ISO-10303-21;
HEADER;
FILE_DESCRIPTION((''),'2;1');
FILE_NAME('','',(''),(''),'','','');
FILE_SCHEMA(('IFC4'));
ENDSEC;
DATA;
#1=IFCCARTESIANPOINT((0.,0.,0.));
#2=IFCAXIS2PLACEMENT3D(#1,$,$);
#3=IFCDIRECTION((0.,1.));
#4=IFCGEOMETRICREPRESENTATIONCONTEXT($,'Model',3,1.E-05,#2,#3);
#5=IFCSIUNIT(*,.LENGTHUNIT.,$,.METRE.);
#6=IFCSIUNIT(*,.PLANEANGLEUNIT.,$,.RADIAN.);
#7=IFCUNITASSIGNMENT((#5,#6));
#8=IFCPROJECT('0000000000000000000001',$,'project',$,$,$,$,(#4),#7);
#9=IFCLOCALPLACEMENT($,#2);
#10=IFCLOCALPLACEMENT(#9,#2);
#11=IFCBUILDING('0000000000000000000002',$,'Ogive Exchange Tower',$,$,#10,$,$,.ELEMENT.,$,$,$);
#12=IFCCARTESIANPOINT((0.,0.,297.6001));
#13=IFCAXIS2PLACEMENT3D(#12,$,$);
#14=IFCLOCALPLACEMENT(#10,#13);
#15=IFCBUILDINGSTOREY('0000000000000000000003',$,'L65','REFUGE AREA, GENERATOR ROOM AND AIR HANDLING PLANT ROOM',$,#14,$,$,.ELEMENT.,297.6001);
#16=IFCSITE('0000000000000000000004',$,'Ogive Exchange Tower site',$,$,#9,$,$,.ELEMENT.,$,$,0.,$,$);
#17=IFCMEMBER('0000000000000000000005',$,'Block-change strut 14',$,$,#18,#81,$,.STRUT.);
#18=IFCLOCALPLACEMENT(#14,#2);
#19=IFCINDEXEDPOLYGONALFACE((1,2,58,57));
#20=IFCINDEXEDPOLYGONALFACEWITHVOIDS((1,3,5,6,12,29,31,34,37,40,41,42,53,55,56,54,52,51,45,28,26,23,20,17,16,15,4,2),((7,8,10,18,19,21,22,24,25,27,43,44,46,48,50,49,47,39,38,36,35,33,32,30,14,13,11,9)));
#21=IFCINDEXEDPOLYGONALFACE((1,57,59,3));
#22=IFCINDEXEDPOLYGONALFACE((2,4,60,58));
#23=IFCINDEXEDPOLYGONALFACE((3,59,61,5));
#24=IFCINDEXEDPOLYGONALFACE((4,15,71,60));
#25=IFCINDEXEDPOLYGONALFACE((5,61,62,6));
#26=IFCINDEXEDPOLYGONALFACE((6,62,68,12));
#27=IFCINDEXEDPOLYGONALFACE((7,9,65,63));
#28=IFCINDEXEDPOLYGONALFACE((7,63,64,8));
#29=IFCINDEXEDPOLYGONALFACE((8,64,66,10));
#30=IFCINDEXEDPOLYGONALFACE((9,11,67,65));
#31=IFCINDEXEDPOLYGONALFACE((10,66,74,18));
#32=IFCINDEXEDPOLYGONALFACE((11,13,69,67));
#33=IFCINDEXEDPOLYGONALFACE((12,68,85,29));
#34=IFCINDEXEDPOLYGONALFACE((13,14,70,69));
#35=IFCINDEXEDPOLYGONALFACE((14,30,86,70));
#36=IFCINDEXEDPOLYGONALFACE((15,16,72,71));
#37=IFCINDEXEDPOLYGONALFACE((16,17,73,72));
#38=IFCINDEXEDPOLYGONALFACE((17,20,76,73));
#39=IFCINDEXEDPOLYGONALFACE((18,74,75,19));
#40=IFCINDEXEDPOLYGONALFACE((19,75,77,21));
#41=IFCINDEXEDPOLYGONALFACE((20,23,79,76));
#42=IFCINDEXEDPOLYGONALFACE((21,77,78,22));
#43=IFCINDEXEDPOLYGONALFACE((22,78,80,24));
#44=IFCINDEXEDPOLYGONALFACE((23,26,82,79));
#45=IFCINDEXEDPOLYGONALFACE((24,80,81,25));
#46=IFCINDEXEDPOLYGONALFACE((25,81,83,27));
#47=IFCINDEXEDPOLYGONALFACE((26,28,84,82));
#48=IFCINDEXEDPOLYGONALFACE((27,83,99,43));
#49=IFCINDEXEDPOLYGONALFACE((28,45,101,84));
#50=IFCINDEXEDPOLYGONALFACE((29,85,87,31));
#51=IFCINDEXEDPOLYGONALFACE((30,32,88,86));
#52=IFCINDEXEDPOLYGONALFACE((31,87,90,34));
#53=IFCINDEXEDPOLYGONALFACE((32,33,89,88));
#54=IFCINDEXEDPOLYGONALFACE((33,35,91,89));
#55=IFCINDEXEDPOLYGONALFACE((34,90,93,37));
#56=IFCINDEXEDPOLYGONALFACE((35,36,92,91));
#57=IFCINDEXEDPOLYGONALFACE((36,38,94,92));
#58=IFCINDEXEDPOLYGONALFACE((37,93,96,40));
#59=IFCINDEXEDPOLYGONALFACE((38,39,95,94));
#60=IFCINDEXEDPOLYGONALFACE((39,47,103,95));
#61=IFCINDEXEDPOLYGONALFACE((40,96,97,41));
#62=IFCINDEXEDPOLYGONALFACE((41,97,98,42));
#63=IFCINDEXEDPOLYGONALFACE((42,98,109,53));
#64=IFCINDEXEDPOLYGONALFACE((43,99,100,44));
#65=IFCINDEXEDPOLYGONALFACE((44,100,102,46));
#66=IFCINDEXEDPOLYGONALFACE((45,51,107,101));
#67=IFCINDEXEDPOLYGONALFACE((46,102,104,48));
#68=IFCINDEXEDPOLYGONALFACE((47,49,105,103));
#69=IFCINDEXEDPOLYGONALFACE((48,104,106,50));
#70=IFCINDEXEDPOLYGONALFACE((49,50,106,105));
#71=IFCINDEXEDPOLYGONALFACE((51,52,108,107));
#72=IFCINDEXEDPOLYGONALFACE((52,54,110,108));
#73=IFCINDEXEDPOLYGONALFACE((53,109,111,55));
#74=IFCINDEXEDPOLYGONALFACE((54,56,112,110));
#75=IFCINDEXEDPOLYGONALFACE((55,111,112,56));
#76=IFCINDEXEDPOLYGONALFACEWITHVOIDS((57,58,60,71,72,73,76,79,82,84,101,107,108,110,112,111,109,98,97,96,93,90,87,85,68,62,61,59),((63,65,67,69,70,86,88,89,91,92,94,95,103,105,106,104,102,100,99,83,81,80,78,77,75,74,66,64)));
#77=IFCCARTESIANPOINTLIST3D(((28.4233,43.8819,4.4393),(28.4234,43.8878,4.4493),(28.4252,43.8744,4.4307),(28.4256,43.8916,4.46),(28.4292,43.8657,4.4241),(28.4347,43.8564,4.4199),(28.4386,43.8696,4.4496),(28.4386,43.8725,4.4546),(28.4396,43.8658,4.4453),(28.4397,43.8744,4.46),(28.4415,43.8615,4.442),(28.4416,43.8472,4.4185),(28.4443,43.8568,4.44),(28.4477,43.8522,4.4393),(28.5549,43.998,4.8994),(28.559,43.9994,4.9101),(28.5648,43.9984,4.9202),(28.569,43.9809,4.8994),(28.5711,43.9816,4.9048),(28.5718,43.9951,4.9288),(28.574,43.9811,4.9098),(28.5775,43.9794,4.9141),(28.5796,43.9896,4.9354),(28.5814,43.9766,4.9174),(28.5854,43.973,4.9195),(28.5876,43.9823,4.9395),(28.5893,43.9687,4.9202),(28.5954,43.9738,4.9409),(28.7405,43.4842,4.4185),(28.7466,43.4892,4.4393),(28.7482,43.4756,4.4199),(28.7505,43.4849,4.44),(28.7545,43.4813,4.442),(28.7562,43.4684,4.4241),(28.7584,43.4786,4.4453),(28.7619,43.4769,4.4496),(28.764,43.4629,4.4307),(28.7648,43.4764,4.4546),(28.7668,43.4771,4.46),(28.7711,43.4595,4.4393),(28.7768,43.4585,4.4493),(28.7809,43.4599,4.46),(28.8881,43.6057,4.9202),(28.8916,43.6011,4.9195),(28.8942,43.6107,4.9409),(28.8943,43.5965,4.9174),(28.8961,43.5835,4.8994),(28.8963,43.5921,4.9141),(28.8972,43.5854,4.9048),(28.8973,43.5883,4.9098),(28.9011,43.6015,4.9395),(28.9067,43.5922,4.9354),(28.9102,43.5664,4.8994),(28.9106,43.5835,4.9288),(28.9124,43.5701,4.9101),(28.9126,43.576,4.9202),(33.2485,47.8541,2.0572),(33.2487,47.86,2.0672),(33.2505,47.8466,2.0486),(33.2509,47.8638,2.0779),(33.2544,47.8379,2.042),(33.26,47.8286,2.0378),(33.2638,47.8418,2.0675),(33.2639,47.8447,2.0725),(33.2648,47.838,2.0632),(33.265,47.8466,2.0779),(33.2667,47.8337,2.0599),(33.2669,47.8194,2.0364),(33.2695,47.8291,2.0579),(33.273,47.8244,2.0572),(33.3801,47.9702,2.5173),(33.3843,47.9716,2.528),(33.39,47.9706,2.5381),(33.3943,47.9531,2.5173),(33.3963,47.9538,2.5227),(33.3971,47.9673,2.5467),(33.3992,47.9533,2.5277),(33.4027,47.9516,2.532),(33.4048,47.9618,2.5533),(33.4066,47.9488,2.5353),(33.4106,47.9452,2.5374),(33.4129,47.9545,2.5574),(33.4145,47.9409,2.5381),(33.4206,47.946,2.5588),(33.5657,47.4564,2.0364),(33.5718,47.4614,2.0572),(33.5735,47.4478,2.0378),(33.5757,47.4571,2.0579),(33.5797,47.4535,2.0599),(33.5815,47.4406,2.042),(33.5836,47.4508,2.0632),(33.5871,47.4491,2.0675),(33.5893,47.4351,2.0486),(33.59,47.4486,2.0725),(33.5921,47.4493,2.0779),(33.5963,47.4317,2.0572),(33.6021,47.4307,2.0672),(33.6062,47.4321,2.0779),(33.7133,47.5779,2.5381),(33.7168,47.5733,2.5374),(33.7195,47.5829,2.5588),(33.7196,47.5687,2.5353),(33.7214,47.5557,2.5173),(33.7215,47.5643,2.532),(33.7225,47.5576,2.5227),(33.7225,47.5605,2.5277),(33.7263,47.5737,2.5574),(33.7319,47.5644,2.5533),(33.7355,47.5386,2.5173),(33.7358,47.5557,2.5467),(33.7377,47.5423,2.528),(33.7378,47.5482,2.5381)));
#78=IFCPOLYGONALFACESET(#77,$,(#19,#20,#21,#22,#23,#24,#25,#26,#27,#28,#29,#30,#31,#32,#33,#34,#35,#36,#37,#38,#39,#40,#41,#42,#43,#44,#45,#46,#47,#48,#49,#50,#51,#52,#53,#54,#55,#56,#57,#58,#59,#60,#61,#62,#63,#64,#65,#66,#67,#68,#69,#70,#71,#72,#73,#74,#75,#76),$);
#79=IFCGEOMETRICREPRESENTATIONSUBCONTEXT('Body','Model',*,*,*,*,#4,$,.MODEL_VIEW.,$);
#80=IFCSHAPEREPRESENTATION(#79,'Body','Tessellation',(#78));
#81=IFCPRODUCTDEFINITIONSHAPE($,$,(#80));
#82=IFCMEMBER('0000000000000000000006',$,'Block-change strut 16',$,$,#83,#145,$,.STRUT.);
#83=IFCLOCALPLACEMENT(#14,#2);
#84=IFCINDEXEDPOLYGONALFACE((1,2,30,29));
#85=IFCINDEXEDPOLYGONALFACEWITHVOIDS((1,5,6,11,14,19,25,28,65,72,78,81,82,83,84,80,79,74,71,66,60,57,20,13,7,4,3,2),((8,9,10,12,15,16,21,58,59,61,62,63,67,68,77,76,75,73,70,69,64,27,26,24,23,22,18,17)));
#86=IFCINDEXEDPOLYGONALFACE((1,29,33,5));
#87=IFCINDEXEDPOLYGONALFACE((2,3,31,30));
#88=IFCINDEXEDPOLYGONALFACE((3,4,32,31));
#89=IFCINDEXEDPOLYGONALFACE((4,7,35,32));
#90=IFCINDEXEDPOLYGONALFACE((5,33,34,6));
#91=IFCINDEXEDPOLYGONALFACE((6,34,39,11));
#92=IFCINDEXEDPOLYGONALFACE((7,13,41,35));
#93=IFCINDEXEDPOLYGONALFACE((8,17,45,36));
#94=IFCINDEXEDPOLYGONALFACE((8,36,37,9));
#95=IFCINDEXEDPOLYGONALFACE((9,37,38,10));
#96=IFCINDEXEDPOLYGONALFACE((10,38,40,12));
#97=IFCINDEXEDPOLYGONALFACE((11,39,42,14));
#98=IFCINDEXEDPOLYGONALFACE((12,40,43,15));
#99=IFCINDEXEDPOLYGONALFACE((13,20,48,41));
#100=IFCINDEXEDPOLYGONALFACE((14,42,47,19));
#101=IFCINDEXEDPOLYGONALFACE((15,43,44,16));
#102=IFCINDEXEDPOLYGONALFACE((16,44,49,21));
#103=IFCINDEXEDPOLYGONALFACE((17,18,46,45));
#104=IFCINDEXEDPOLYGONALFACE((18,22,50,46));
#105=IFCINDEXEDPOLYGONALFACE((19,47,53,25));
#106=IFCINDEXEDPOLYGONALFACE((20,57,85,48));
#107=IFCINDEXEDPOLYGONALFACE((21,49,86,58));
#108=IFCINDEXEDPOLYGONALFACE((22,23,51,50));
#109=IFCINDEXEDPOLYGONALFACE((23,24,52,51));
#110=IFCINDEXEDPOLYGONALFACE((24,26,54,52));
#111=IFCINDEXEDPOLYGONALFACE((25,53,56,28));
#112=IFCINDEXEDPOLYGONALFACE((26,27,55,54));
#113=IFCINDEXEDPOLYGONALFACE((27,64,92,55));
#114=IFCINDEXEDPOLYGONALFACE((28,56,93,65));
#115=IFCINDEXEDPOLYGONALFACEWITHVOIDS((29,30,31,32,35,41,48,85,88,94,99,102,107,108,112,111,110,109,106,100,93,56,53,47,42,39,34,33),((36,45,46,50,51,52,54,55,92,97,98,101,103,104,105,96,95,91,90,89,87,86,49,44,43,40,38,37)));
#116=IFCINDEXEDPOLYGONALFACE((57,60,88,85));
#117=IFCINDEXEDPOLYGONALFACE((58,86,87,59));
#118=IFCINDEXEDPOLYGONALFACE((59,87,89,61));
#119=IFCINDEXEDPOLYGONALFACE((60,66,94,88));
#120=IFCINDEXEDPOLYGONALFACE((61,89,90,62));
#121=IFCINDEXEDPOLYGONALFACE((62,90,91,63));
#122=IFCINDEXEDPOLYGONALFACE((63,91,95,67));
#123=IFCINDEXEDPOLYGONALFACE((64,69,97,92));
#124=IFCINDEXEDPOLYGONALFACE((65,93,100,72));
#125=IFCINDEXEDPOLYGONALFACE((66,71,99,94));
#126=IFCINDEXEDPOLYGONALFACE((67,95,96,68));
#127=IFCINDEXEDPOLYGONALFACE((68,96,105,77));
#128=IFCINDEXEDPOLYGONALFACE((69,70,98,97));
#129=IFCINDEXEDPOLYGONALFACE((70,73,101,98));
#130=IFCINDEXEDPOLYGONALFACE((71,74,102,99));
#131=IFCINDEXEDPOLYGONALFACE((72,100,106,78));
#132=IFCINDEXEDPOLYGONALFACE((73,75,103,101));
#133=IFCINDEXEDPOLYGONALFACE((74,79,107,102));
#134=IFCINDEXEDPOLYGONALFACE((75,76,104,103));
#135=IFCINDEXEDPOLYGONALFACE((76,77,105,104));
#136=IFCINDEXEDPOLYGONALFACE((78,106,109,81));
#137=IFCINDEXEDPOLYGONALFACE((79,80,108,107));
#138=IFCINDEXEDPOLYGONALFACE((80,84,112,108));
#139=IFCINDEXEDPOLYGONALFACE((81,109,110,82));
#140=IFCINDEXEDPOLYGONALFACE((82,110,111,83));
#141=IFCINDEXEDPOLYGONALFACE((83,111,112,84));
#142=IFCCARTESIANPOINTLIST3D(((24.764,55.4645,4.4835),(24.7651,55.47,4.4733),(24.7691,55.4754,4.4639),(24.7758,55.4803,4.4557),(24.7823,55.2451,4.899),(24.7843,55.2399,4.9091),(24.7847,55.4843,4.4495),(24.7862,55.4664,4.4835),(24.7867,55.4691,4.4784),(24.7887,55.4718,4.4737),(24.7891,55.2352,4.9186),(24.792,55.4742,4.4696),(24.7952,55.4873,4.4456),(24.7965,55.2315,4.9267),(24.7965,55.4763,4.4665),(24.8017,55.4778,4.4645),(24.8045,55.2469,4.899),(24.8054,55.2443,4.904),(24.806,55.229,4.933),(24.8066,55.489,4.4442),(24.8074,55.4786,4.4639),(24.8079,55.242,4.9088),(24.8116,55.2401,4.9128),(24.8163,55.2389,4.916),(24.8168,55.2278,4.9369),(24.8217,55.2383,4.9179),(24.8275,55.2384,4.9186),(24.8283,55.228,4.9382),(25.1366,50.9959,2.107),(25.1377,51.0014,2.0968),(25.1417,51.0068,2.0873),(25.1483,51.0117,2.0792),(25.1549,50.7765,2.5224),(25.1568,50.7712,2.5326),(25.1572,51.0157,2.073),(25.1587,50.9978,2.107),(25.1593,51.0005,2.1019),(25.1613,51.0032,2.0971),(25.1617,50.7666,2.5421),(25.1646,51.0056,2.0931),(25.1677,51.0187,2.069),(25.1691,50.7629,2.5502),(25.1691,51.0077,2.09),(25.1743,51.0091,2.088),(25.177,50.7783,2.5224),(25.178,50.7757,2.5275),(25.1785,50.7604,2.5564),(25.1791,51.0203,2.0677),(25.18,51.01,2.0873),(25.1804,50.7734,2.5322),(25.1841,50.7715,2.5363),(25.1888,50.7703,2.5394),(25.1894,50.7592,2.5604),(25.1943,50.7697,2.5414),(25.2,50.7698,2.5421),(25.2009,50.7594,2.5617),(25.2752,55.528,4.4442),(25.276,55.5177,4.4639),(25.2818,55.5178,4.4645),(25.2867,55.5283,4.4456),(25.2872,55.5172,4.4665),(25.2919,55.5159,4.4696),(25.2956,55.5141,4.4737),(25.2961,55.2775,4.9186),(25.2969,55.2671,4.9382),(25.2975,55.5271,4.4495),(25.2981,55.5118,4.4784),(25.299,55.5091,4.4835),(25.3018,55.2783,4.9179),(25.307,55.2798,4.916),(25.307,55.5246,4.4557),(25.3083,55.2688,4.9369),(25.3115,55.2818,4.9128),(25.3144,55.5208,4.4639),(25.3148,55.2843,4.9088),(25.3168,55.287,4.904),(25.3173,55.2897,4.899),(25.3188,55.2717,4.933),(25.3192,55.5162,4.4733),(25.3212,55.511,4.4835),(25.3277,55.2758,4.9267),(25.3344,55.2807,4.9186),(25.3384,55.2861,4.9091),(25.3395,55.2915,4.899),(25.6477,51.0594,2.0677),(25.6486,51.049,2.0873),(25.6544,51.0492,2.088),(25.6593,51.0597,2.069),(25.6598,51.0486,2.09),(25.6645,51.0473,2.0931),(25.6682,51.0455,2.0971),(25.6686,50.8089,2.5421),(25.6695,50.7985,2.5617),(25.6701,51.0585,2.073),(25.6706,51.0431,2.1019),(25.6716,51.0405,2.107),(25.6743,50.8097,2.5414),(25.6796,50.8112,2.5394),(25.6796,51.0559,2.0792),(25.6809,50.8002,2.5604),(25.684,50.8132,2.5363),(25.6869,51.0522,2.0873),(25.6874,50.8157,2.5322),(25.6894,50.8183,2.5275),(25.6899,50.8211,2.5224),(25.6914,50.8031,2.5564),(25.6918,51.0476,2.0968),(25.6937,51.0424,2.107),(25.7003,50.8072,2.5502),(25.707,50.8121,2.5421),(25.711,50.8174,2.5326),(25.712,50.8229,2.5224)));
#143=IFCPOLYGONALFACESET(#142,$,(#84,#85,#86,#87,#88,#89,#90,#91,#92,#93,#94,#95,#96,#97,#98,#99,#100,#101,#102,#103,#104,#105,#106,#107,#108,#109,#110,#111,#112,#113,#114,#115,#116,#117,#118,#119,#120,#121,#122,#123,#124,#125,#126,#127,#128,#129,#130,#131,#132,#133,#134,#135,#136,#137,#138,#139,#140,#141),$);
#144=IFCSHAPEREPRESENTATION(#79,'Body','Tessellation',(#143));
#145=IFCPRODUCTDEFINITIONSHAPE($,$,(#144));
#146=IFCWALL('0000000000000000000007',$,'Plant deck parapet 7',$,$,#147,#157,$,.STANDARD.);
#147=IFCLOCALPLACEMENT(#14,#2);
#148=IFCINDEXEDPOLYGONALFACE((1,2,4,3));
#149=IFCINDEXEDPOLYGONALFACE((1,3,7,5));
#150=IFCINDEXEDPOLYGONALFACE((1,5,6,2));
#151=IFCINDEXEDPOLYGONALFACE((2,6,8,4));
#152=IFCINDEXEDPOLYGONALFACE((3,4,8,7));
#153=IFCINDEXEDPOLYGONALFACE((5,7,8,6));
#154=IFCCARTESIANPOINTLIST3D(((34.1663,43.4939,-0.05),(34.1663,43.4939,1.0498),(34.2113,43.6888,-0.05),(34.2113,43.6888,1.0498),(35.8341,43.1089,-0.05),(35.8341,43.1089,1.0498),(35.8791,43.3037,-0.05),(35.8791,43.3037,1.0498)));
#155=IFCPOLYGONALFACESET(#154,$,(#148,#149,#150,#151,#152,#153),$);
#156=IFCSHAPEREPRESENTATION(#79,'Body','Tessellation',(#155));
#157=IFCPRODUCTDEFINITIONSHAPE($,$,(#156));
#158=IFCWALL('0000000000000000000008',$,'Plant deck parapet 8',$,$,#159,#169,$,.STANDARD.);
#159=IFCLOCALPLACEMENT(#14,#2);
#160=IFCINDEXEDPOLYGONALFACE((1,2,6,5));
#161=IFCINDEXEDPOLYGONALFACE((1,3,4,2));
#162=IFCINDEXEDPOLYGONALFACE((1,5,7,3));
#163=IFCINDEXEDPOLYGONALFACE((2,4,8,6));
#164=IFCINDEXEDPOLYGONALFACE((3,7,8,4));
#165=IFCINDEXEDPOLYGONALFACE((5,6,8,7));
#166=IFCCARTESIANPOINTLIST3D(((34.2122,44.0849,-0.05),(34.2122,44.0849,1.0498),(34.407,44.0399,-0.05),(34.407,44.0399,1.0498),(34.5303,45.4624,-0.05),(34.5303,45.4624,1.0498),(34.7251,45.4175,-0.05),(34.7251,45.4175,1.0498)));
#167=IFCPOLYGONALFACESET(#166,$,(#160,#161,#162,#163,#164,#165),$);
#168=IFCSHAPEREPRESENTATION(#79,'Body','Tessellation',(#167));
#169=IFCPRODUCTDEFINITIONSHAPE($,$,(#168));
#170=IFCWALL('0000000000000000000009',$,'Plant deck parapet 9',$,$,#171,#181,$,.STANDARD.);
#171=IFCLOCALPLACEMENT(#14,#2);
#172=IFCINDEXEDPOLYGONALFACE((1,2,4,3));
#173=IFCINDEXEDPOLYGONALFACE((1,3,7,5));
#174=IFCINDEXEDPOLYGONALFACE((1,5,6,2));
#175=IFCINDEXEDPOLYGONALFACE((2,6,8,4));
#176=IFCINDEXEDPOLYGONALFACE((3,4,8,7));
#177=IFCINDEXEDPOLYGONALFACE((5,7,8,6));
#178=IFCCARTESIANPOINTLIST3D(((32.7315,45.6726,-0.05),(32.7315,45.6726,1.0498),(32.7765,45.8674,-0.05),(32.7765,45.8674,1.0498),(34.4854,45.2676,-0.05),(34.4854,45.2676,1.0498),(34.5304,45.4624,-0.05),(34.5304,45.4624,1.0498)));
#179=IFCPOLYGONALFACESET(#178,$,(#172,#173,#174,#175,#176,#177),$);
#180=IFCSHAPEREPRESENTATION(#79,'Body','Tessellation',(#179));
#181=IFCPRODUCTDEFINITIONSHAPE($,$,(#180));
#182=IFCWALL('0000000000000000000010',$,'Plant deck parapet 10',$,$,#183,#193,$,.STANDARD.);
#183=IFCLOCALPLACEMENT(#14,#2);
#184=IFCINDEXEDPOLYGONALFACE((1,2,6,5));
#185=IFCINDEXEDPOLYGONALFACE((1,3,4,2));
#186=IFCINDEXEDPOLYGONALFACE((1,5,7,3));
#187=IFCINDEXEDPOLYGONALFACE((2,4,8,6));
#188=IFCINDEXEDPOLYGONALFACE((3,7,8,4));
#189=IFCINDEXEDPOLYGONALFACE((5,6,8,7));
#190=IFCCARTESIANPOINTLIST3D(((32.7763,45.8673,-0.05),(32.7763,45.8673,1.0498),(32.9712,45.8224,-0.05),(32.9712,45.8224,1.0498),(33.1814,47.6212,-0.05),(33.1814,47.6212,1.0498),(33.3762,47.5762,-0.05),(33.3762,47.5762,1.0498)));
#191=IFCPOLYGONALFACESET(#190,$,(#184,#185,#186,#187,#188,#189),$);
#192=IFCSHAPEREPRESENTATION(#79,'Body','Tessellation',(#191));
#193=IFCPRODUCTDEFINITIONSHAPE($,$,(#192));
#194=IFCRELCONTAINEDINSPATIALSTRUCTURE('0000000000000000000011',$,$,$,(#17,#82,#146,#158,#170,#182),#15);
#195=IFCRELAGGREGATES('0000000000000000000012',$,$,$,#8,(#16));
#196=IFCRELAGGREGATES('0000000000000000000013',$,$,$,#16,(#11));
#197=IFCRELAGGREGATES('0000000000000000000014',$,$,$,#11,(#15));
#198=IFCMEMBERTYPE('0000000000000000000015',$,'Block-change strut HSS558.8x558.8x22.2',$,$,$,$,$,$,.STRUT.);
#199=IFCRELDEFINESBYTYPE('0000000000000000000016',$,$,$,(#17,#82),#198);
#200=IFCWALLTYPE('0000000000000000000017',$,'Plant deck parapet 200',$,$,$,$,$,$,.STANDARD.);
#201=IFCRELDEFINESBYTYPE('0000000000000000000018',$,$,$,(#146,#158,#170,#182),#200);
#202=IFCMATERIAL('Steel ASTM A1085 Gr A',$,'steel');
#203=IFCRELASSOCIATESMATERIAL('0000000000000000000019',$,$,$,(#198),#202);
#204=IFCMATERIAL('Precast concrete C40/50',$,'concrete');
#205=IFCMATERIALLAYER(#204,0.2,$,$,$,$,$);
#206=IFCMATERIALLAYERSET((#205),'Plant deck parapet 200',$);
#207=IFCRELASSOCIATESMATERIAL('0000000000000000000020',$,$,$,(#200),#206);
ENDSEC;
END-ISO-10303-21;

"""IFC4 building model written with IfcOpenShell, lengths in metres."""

from ifc_helpers import new_model, si_unit, direction, frame, frame_2d, origin, origin_2d, place, context, subcontext, project, spatial, rectangle, hollow_rectangle, extrude, material, layer, layer_set, material_profile, profile_set, type_object, element, save


model = new_model("IFC4")

# Units and contexts
model_context = context("Model", 3, precision=1e-05, world=origin(), true_north=direction((0.0, 1.0)))
body_context = subcontext(model_context, "Body", "Model", "MODEL_VIEW")
ifc_project = project(units=[si_unit("LENGTHUNIT", "METRE"), si_unit("PLANEANGLEUNIT", "RADIAN")], contexts=[model_context])

# Site, building, storey
site_placement = place(None, origin())
site = spatial("IfcSite", under=ifc_project, at=site_placement, Name="Ogive Exchange Tower site", CompositionType="ELEMENT", RefElevation=0.0)
building_placement = place(site_placement, origin())
building = spatial("IfcBuilding", under=site, at=building_placement, Name="Ogive Exchange Tower", CompositionType="ELEMENT")
storey_placement = place(building_placement, frame((0.0, 0.0, 297.6001)))
storey = spatial("IfcBuildingStorey", under=building, at=storey_placement, Name="L65", Description="REFUGE AREA, GENERATOR ROOM AND AIR HANDLING PLANT ROOM", CompositionType="ELEMENT", Elevation=297.6001)

# Shared definitions
ifc_material_1 = material(Name="Steel ASTM A1085 Gr A", Category="steel")

# Members
ifc_material_profile_1 = material_profile(ifc_material_1, hollow_rectangle(XDim=0.5591, YDim=0.5591, WallThickness=0.0222, InnerFilletRadius=0.0222, OuterFilletRadius=0.0444, at=origin_2d()), Name="HSS558.8x558.8x22.2")
ifc_profile_set_1 = profile_set([ifc_material_profile_1], Name="Steel ASTM A1085 Gr A")
member_type_1 = type_object("IfcMemberType", Name="Block-change strut HSS558.8x558.8x22.2", PredefinedType="STRUT", material=ifc_profile_set_1)
member_1_placement = place(storey_placement, frame((33.4932, 47.7012, 2.2976), z_axis=(-0.721426, -0.593888, 0.35615), x_axis=(0.635562, -0.77205, 0.0)))
element("IfcMember", 1, at=member_1_placement, inside=storey, type_object=member_type_1, Name="Block-change strut 14", PredefinedType="STRUT", context=body_context, shape_type="SweptSolid", body=[
    extrude(hollow_rectangle(XDim=0.5591, YDim=0.5591, WallThickness=0.0222, InnerFilletRadius=0.0222, OuterFilletRadius=0.0444, at=origin_2d()), origin(), (0.0, 0.0, 1.0), 6.6885),
])
member_2_placement = place(storey_placement, frame((25.4243, 50.9094, 2.3147), z_axis=(-0.073413, 0.880523, 0.468284), x_axis=(-0.996542, -0.083086, 0.0)))
element("IfcMember", 2, at=member_2_placement, inside=storey, type_object=member_type_1, Name="Block-change strut 16", PredefinedType="STRUT", context=body_context, shape_type="SweptSolid", body=[
    extrude(hollow_rectangle(XDim=0.5591, YDim=0.5591, WallThickness=0.0222, InnerFilletRadius=0.0222, OuterFilletRadius=0.0444, at=origin_2d()), origin(), (0.0, 0.0, 1.0), 5.075),
])

# Walls
ifc_material_2 = material(Name="Precast concrete C40/50", Category="concrete")
ifc_layer = layer(ifc_material_2, 0.2)
ifc_layer_set = layer_set([ifc_layer], Name="Plant deck parapet 200")
wall_type = type_object("IfcWallType", Name="Plant deck parapet 200", PredefinedType="STANDARD", material=ifc_layer_set)
wall_1_placement = place(storey_placement, frame((35.8567, 43.2063, -0.05), z_axis=(0.0, 0.0, 1.0), x_axis=(-0.974372, 0.224943, 0.0)))
element("IfcWall", 3, at=wall_1_placement, inside=storey, type_object=wall_type, Name="Plant deck parapet 7", PredefinedType="STANDARD", context=body_context, shape_type="SweptSolid", body=[
    extrude(rectangle(XDim=1.7117, YDim=0.2, at=frame_2d((0.856, 0.0))), origin(), (0.0, 0.0, 1.0), 1.0999),
])
wall_2_placement = place(storey_placement, frame((34.3096, 44.0623, -0.05), z_axis=(0.0, 0.0, 1.0), x_axis=(0.224986, 0.974362, 0.0)))
element("IfcWall", 4, at=wall_2_placement, inside=storey, type_object=wall_type, Name="Plant deck parapet 8", PredefinedType="STANDARD", context=body_context, shape_type="SweptSolid", body=[
    extrude(rectangle(XDim=1.4138, YDim=0.2, at=frame_2d((0.707, 0.0))), origin(), (0.0, 0.0, 1.0), 1.0999),
])
for number, where, z_axis, x_axis, name in (
    (5, (34.5078, 45.365, -0.05), (0.0, 0.0, 1.0), (-0.974357, 0.225008, 0.0), "Plant deck parapet 9"),
    (6, (32.8738, 45.845, -0.05), (0.0, 0.0, 1.0), (0.225008, 0.974357, 0.0), "Plant deck parapet 10"),
):
    element("IfcWall", number, at=place(storey_placement, frame(where, z_axis=z_axis, x_axis=x_axis)), inside=storey, type_object=wall_type, Name=name, PredefinedType="STANDARD", context=body_context, shape_type="SweptSolid", body=[
        extrude(rectangle(XDim=1.8, YDim=0.2, at=frame_2d((0.8999, 0.0))), origin(), (0.0, 0.0, 1.0), 1.0999),
    ])

save(model, "model.ifc")
